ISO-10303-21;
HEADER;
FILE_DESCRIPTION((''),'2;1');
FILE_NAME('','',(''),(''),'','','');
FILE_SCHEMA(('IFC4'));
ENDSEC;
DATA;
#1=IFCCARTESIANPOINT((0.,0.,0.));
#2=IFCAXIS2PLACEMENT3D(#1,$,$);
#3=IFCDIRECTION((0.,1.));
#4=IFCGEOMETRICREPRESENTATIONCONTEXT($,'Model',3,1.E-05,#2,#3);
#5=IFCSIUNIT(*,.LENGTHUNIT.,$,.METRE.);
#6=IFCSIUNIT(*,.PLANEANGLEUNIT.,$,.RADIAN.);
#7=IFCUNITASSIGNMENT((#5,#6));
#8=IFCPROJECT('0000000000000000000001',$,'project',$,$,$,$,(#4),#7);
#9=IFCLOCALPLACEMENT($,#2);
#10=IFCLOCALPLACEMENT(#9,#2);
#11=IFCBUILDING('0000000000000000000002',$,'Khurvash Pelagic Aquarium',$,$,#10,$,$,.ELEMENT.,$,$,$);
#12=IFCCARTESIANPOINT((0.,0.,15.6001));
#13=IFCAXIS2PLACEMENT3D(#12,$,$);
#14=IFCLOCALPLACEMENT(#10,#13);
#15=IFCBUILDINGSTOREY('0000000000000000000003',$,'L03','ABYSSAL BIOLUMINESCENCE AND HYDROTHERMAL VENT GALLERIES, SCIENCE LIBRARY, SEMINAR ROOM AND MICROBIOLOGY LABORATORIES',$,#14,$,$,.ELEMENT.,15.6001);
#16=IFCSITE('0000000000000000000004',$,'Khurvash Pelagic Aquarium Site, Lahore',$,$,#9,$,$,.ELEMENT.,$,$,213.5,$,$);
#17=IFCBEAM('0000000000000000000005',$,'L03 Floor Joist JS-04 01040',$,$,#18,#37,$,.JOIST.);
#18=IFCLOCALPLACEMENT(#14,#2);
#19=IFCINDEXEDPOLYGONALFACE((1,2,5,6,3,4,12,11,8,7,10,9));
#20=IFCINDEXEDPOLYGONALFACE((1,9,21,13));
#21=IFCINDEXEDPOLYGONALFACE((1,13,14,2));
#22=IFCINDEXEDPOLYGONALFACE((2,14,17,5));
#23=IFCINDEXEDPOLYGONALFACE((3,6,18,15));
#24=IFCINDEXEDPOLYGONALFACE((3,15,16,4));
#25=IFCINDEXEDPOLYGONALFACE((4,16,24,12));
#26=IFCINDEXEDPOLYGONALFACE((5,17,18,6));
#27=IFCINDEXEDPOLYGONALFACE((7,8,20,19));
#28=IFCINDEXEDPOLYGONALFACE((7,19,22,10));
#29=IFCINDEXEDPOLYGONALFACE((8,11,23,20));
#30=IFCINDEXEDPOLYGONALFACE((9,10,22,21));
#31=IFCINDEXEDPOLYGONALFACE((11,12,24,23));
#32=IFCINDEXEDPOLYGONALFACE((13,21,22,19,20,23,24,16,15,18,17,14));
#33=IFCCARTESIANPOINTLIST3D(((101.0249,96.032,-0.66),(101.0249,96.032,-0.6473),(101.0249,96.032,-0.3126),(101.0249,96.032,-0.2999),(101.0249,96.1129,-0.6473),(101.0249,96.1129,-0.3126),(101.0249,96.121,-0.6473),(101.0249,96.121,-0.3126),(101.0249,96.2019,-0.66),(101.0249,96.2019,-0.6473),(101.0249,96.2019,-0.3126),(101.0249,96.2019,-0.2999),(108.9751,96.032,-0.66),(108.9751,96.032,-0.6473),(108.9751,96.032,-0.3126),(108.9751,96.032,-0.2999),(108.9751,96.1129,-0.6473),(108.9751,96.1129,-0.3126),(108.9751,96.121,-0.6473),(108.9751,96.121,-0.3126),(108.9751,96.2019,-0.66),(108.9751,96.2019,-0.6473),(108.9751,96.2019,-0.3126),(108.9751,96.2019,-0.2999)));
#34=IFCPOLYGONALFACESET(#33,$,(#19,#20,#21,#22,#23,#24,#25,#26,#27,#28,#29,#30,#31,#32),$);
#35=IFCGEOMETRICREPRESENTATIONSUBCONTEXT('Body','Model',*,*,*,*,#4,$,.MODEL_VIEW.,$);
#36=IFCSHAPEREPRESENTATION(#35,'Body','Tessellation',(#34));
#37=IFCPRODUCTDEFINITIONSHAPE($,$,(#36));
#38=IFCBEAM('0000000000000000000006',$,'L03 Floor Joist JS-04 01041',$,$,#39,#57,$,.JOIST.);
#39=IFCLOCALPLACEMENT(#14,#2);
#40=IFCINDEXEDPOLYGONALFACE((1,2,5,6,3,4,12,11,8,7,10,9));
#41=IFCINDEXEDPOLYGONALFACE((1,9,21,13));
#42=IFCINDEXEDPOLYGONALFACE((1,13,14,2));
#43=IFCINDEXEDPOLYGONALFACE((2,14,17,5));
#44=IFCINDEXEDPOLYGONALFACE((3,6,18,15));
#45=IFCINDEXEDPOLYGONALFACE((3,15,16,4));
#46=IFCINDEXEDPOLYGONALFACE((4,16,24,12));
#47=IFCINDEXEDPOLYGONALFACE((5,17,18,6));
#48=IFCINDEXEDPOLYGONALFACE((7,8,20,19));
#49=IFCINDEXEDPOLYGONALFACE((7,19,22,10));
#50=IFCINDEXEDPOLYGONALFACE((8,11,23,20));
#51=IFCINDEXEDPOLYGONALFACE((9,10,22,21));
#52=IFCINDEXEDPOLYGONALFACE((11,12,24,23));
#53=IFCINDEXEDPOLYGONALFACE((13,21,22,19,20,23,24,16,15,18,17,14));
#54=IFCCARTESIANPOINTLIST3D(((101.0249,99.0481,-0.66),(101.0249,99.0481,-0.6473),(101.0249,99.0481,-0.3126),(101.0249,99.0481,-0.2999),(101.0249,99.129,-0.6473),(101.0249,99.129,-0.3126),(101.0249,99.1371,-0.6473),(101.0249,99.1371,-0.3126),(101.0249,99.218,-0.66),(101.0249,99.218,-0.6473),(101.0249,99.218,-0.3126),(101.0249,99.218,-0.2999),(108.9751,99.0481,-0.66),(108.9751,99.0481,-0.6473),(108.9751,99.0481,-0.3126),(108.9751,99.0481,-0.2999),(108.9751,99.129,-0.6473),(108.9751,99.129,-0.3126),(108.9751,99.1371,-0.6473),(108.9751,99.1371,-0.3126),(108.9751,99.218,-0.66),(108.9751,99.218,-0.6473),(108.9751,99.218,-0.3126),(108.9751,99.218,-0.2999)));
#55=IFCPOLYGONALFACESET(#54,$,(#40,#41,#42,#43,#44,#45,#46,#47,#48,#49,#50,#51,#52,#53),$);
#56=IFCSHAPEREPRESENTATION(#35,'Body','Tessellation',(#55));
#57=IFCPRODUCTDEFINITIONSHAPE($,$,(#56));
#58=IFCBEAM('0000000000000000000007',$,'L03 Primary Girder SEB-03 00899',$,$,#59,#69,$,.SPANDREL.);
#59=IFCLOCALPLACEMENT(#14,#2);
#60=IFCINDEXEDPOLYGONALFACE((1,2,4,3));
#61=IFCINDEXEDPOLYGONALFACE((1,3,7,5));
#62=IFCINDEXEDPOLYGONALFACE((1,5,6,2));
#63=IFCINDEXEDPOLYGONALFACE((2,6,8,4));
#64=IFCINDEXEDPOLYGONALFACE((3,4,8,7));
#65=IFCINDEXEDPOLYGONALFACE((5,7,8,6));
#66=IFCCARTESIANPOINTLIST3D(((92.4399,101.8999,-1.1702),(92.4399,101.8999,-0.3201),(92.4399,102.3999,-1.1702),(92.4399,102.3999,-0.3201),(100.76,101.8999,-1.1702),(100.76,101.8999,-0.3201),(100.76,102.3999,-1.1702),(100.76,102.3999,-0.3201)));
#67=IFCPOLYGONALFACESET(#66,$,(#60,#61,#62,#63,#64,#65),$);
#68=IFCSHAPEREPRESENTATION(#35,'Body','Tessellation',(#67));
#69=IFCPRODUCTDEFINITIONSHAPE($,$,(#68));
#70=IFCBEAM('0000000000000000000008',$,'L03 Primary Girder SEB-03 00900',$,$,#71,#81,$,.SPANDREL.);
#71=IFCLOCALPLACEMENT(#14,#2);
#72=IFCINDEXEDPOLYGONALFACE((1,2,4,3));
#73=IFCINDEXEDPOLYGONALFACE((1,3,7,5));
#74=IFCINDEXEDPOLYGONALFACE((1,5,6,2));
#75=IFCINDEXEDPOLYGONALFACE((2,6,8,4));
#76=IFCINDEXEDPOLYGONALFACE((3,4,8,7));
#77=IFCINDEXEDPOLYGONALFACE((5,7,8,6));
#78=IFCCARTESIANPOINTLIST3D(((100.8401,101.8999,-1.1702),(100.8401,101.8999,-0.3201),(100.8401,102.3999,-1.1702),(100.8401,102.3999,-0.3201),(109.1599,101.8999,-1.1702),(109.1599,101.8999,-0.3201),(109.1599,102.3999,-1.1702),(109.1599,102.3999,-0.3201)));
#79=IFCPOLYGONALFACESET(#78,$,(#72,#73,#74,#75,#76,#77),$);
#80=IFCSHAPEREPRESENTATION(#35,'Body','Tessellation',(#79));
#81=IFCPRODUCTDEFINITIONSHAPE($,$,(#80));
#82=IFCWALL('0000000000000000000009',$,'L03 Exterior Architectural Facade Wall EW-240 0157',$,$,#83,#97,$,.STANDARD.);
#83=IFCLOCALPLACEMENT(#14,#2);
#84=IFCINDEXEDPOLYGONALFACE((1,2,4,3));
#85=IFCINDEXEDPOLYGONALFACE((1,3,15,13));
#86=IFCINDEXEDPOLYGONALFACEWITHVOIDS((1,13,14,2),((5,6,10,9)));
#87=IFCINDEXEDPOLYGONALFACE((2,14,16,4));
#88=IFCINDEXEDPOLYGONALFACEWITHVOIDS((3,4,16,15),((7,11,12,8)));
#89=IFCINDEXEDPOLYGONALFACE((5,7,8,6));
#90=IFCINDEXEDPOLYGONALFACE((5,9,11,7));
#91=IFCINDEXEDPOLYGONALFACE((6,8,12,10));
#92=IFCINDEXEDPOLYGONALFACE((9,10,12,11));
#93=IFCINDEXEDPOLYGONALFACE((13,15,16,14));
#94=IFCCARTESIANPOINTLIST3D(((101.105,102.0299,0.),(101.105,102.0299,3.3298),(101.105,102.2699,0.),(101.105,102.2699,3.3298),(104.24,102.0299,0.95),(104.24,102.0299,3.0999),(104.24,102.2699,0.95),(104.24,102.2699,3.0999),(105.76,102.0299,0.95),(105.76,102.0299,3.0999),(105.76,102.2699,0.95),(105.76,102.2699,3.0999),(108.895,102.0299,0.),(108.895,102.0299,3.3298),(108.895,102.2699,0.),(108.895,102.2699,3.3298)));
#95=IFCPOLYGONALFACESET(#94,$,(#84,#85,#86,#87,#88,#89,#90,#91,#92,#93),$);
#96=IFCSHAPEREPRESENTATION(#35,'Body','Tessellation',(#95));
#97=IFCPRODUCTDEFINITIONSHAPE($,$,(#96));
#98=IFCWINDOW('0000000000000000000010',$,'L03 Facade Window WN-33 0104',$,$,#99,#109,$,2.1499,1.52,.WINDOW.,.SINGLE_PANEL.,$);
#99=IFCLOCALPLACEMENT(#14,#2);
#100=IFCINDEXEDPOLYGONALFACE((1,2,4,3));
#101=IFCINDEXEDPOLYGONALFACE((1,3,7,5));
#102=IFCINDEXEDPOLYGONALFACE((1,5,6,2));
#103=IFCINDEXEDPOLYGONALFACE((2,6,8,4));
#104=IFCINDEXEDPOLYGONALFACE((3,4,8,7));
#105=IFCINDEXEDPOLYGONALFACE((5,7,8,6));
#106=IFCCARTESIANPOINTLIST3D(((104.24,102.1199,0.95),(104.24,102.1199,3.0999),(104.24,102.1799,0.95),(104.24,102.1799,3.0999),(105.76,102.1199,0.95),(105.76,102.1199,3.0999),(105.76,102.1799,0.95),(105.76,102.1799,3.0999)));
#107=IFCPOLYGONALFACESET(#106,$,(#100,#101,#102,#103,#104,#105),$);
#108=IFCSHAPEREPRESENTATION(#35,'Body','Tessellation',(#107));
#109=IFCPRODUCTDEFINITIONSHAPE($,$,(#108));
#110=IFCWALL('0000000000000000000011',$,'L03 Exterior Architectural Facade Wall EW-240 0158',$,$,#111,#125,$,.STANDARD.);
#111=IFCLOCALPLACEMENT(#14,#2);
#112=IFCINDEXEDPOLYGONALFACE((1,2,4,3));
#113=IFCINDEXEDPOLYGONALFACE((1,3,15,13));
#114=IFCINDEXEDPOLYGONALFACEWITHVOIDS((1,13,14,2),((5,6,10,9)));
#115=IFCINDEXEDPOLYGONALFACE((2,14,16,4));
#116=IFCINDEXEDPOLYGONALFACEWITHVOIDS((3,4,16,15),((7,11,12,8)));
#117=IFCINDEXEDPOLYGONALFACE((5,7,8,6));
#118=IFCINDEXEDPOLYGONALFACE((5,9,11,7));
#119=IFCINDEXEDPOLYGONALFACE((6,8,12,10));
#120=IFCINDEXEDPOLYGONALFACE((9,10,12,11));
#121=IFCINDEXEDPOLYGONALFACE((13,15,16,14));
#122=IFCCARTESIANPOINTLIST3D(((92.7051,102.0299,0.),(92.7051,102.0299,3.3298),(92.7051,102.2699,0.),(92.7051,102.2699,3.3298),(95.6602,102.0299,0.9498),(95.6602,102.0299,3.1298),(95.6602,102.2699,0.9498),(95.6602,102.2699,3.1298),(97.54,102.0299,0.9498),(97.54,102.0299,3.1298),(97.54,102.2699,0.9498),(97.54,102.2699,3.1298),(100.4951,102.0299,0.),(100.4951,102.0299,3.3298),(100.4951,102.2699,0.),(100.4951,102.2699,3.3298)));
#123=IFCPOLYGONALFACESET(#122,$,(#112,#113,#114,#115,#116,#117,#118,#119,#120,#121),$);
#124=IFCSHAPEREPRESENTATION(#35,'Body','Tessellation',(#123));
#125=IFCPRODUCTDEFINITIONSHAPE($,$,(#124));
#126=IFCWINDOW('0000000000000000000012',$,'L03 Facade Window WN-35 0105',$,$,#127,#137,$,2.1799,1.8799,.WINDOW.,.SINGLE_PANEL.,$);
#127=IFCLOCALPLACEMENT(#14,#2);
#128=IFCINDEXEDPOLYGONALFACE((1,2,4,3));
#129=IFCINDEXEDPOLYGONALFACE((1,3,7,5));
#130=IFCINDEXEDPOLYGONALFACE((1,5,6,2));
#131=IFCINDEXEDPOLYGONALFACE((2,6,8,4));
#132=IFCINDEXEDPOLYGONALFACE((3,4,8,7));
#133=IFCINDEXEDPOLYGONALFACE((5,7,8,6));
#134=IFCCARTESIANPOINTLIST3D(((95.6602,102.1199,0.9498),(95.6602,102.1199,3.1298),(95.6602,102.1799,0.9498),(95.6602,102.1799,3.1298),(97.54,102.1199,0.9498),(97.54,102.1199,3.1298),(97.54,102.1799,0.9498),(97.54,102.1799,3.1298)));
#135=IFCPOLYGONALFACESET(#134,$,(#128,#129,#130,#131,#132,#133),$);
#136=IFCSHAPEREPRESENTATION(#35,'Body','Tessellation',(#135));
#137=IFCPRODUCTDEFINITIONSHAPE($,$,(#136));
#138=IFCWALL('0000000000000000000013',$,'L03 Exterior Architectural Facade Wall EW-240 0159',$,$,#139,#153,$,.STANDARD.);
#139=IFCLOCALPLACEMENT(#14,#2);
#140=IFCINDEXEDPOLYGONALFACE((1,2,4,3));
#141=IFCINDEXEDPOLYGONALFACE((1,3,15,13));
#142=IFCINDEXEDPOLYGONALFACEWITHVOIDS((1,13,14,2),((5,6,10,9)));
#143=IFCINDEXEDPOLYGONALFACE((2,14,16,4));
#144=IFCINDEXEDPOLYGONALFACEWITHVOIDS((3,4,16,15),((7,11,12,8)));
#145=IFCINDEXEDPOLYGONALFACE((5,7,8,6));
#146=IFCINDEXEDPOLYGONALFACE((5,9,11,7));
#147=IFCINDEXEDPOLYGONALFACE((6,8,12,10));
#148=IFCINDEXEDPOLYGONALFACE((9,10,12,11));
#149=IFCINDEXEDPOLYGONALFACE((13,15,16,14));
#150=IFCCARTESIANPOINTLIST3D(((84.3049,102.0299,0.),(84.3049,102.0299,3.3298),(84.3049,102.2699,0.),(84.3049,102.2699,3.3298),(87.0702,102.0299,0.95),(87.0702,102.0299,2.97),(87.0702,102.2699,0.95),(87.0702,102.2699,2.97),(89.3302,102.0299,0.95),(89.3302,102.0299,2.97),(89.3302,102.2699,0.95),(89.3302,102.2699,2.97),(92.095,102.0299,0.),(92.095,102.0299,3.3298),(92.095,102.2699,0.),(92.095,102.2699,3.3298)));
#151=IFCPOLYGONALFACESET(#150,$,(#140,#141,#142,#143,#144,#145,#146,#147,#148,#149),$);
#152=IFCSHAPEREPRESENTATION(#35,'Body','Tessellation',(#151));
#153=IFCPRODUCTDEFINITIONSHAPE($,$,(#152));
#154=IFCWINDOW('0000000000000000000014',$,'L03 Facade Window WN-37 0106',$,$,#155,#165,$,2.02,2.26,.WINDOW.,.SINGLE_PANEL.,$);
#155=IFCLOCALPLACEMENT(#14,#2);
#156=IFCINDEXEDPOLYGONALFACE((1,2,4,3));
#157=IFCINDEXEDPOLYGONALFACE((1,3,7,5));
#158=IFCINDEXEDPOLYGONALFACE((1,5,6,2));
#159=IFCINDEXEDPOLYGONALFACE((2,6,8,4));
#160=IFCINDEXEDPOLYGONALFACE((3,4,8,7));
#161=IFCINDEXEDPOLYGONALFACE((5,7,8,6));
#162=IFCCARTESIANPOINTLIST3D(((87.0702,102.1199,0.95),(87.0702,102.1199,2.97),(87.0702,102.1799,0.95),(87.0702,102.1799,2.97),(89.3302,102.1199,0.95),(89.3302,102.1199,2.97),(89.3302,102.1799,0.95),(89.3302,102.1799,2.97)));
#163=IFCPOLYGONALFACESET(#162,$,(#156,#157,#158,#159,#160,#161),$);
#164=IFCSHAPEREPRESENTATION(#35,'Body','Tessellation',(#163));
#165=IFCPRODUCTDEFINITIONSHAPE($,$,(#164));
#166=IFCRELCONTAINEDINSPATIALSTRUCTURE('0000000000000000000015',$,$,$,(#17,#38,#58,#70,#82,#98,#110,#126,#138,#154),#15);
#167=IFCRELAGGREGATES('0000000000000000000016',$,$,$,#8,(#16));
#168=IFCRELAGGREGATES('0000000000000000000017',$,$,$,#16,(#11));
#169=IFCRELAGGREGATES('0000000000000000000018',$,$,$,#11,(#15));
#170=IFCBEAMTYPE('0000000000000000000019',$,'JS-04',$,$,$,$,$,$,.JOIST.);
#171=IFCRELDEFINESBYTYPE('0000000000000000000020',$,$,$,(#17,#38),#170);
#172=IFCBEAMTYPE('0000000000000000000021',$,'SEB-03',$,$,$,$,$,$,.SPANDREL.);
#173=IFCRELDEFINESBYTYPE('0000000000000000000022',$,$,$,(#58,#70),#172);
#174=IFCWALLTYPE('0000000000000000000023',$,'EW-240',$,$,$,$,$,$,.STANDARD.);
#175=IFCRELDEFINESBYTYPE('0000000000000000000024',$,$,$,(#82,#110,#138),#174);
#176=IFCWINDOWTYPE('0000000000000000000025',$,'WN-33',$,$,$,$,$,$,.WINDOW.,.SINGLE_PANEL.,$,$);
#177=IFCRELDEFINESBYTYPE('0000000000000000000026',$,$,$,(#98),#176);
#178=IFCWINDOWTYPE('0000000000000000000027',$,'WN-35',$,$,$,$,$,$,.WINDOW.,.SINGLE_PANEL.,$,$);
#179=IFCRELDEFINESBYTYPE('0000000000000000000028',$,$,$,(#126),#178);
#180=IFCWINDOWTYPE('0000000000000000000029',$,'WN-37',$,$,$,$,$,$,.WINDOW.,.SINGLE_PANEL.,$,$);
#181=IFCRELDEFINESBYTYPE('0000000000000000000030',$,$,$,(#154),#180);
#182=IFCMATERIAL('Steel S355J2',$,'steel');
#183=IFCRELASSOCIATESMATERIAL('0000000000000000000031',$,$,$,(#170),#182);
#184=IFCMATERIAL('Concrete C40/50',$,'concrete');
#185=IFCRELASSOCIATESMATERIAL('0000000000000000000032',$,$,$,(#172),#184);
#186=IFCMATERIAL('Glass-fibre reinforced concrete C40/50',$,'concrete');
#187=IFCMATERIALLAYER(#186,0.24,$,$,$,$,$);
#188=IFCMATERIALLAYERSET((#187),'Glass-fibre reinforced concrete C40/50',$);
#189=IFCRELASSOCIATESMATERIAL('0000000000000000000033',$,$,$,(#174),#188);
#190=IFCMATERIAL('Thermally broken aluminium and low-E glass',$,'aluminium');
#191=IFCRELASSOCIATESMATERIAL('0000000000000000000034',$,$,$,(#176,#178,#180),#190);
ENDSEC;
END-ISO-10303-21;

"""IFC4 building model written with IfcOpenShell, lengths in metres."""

from ifc_helpers import new_model, si_unit, direction, frame, frame_2d, origin, origin_2d, place, context, subcontext, project, spatial, rectangle, i_section, extrude, material, layer, layer_set, material_profile, profile_set, type_object, element, fill, save


model = new_model("IFC4")

# Units and contexts
model_context = context("Model", 3, precision=1e-05, world=origin(), true_north=direction((0.0, 1.0)))
body_context = subcontext(model_context, "Body", "Model", "MODEL_VIEW")
ifc_project = project(units=[si_unit("LENGTHUNIT", "METRE"), si_unit("PLANEANGLEUNIT", "RADIAN")], contexts=[model_context])

# Site, building, storey
site_placement = place(None, origin())
site = spatial("IfcSite", under=ifc_project, at=site_placement, Name="Khurvash Pelagic Aquarium Site, Lahore", CompositionType="ELEMENT", RefElevation=213.5)
building_placement = place(site_placement, origin())
building = spatial("IfcBuilding", under=site, at=building_placement, Name="Khurvash Pelagic Aquarium", CompositionType="ELEMENT")
storey_placement = place(building_placement, frame((0.0, 0.0, 15.6001)))
storey = spatial("IfcBuildingStorey", under=building, at=storey_placement, Name="L03", Description="ABYSSAL BIOLUMINESCENCE AND HYDROTHERMAL VENT GALLERIES, SCIENCE LIBRARY, SEMINAR ROOM AND MICROBIOLOGY LABORATORIES", CompositionType="ELEMENT", Elevation=15.6001)

# Shared definitions
ifc_material_1 = material(Name="Concrete C40/50", Category="concrete")

# Beams
ifc_material_2 = material(Name="Steel S355J2", Category="steel")
ifc_material_profile_1 = material_profile(ifc_material_2, i_section(OverallWidth=0.1699, OverallDepth=0.3601, WebThickness=0.0081, FlangeThickness=0.0127, at=origin_2d()), Name="IPE360")
ifc_profile_set_1 = profile_set([ifc_material_profile_1], Name="Steel S355J2")
beam_type_1 = type_object("IfcBeamType", Name="JS-04", PredefinedType="JOIST", material=ifc_profile_set_1)
for number, where, z_axis, x_axis, name in (
    (1, (101.0249, 96.1169, -0.48), (1.0, 0.0, 0.0), (0.0, 1.0, 0.0), "L03 Floor Joist JS-04 01040"),
    (2, (101.0249, 99.1331, -0.48), (1.0, 0.0, 0.0), (0.0, 1.0, 0.0), "L03 Floor Joist JS-04 01041"),
):
    element("IfcBeam", number, at=place(storey_placement, frame(where, z_axis=z_axis, x_axis=x_axis)), inside=storey, type_object=beam_type_1, Name=name, PredefinedType="JOIST", context=body_context, shape_type="SweptSolid", body=[
        extrude(i_section(OverallWidth=0.1699, OverallDepth=0.3601, WebThickness=0.0081, FlangeThickness=0.0127, at=origin_2d()), origin(), (0.0, 0.0, 1.0), 7.9502),
    ])
ifc_material_profile_2 = material_profile(ifc_material_1, rectangle(XDim=0.5, YDim=0.8501, at=origin_2d()), Name="RC500X850")
ifc_profile_set_2 = profile_set([ifc_material_profile_2], Name="Concrete C40/50")
beam_type_2 = type_object("IfcBeamType", Name="SEB-03", PredefinedType="SPANDREL", material=ifc_profile_set_2)
beam_1_placement = place(storey_placement, frame((92.4399, 102.1499, -0.7451), z_axis=(1.0, 0.0, 0.0), x_axis=(0.0, 1.0, 0.0)))
element("IfcBeam", 3, at=beam_1_placement, inside=storey, type_object=beam_type_2, Name="L03 Primary Girder SEB-03 00899", PredefinedType="SPANDREL", context=body_context, shape_type="SweptSolid", body=[
    extrude(rectangle(XDim=0.5, YDim=0.8501, at=origin_2d()), origin(), (0.0, 0.0, 1.0), 8.3201),
])
beam_2_placement = place(storey_placement, frame((100.8401, 102.1499, -0.7451), z_axis=(1.0, 0.0, 0.0), x_axis=(0.0, 1.0, 0.0)))
element("IfcBeam", 4, at=beam_2_placement, inside=storey, type_object=beam_type_2, Name="L03 Primary Girder SEB-03 00900", PredefinedType="SPANDREL", context=body_context, shape_type="SweptSolid", body=[
    extrude(rectangle(XDim=0.5, YDim=0.8501, at=origin_2d()), origin(), (0.0, 0.0, 1.0), 8.3198),
])

# Walls, openings, windows
ifc_material_3 = material(Name="Glass-fibre reinforced concrete C40/50", Category="concrete")
ifc_layer_1 = layer(ifc_material_3, 0.24)
ifc_layer_set_1 = layer_set([ifc_layer_1], Name="Glass-fibre reinforced concrete C40/50")
wall_type_1 = type_object("IfcWallType", Name="EW-240", PredefinedType="STANDARD", material=ifc_layer_set_1)
wall_1_placement = place(storey_placement, frame((108.895, 102.1499, 0.0), z_axis=(0.0, 0.0, 1.0), x_axis=(-1.0, 0.0, 0.0)))
wall_1 = element("IfcWall", 5, at=wall_1_placement, inside=storey, type_object=wall_type_1, Name="L03 Exterior Architectural Facade Wall EW-240 0157", PredefinedType="STANDARD", context=body_context, shape_type="SweptSolid", body=[
    extrude(rectangle(XDim=7.79, YDim=0.24, at=frame_2d((3.895, 0.0))), origin(), (0.0, 0.0, 1.0), 3.3298),
])
opening_1_placement = place(wall_1_placement, frame((3.135, 0.0, 0.95)))
opening_1 = element("IfcOpeningElement", 6, at=opening_1_placement, cuts=wall_1, PredefinedType="OPENING", context=body_context, shape_type="SweptSolid", body=[
    extrude(rectangle(XDim=1.52, YDim=2.1499, at=frame_2d((0.76, 1.075))), frame((0.0, 0.1299, 0.0), z_axis=(0.0, -1.0, 0.0), x_axis=(1.0, 0.0, 0.0)), (0.0, 0.0, 1.0), 0.26),
])
ifc_material_4 = material(Name="Thermally broken aluminium and low-E glass", Category="aluminium")
window_type_1 = type_object("IfcWindowType", Name="WN-33", PartitioningType="SINGLE_PANEL", PredefinedType="WINDOW", material=ifc_material_4)
window_1_placement = place(opening_1_placement, origin())
window_1 = element("IfcWindow", 7, at=window_1_placement, inside=storey, type_object=window_type_1, Name="L03 Facade Window WN-33 0104", OverallHeight=2.1499, OverallWidth=1.52, PartitioningType="SINGLE_PANEL", PredefinedType="WINDOW", context=body_context, shape_type="SweptSolid", body=[
    extrude(rectangle(XDim=1.52, YDim=2.1499, at=frame_2d((0.76, 1.075))), frame((0.0, 0.03, 0.0), z_axis=(0.0, -1.0, 0.0), x_axis=(1.0, 0.0, 0.0)), (0.0, 0.0, 1.0), 0.0601),
])
fill(opening_1, window_1)
wall_2_placement = place(storey_placement, frame((100.4951, 102.1499, 0.0), z_axis=(0.0, 0.0, 1.0), x_axis=(-1.0, 0.0, 0.0)))
wall_2 = element("IfcWall", 8, at=wall_2_placement, inside=storey, type_object=wall_type_1, Name="L03 Exterior Architectural Facade Wall EW-240 0158", PredefinedType="STANDARD", context=body_context, shape_type="SweptSolid", body=[
    extrude(rectangle(XDim=7.79, YDim=0.24, at=frame_2d((3.895, 0.0))), origin(), (0.0, 0.0, 1.0), 3.3298),
])
opening_2_placement = place(wall_2_placement, frame((2.9551, 0.0, 0.95)))
opening_2 = element("IfcOpeningElement", 9, at=opening_2_placement, cuts=wall_2, PredefinedType="OPENING", context=body_context, shape_type="SweptSolid", body=[
    extrude(rectangle(XDim=1.8799, YDim=2.1799, at=frame_2d((0.9399, 1.0898))), frame((0.0, 0.1299, 0.0), z_axis=(0.0, -1.0, 0.0), x_axis=(1.0, 0.0, 0.0)), (0.0, 0.0, 1.0), 0.26),
])
window_type_2 = type_object("IfcWindowType", Name="WN-35", PartitioningType="SINGLE_PANEL", PredefinedType="WINDOW", material=ifc_material_4)
window_2_placement = place(opening_2_placement, origin())
window_2 = element("IfcWindow", 10, at=window_2_placement, inside=storey, type_object=window_type_2, Name="L03 Facade Window WN-35 0105", OverallHeight=2.1799, OverallWidth=1.8799, PartitioningType="SINGLE_PANEL", PredefinedType="WINDOW", context=body_context, shape_type="SweptSolid", body=[
    extrude(rectangle(XDim=1.8799, YDim=2.1799, at=frame_2d((0.9399, 1.0898))), frame((0.0, 0.03, 0.0), z_axis=(0.0, -1.0, 0.0), x_axis=(1.0, 0.0, 0.0)), (0.0, 0.0, 1.0), 0.0601),
])
fill(opening_2, window_2)
wall_3_placement = place(storey_placement, frame((92.095, 102.1499, 0.0), z_axis=(0.0, 0.0, 1.0), x_axis=(-1.0, 0.0, 0.0)))
wall_3 = element("IfcWall", 11, at=wall_3_placement, inside=storey, type_object=wall_type_1, Name="L03 Exterior Architectural Facade Wall EW-240 0159", PredefinedType="STANDARD", context=body_context, shape_type="SweptSolid", body=[
    extrude(rectangle(XDim=7.79, YDim=0.24, at=frame_2d((3.895, 0.0))), origin(), (0.0, 0.0, 1.0), 3.3298),
])
opening_3_placement = place(wall_3_placement, frame((2.7649, 0.0, 0.95)))
opening_3 = element("IfcOpeningElement", 12, at=opening_3_placement, cuts=wall_3, PredefinedType="OPENING", context=body_context, shape_type="SweptSolid", body=[
    extrude(rectangle(XDim=2.26, YDim=2.02, at=frame_2d((1.1299, 1.01))), frame((0.0, 0.1299, 0.0), z_axis=(0.0, -1.0, 0.0), x_axis=(1.0, 0.0, 0.0)), (0.0, 0.0, 1.0), 0.26),
])
window_type_3 = type_object("IfcWindowType", Name="WN-37", PartitioningType="SINGLE_PANEL", PredefinedType="WINDOW", material=ifc_material_4)
window_3_placement = place(opening_3_placement, origin())
window_3 = element("IfcWindow", 13, at=window_3_placement, inside=storey, type_object=window_type_3, Name="L03 Facade Window WN-37 0106", OverallHeight=2.02, OverallWidth=2.26, PartitioningType="SINGLE_PANEL", PredefinedType="WINDOW", context=body_context, shape_type="SweptSolid", body=[
    extrude(rectangle(XDim=2.26, YDim=2.02, at=frame_2d((1.1299, 1.01))), frame((0.0, 0.03, 0.0), z_axis=(0.0, -1.0, 0.0), x_axis=(1.0, 0.0, 0.0)), (0.0, 0.0, 1.0), 0.0601),
])
fill(opening_3, window_3)

save(model, "model.ifc")
